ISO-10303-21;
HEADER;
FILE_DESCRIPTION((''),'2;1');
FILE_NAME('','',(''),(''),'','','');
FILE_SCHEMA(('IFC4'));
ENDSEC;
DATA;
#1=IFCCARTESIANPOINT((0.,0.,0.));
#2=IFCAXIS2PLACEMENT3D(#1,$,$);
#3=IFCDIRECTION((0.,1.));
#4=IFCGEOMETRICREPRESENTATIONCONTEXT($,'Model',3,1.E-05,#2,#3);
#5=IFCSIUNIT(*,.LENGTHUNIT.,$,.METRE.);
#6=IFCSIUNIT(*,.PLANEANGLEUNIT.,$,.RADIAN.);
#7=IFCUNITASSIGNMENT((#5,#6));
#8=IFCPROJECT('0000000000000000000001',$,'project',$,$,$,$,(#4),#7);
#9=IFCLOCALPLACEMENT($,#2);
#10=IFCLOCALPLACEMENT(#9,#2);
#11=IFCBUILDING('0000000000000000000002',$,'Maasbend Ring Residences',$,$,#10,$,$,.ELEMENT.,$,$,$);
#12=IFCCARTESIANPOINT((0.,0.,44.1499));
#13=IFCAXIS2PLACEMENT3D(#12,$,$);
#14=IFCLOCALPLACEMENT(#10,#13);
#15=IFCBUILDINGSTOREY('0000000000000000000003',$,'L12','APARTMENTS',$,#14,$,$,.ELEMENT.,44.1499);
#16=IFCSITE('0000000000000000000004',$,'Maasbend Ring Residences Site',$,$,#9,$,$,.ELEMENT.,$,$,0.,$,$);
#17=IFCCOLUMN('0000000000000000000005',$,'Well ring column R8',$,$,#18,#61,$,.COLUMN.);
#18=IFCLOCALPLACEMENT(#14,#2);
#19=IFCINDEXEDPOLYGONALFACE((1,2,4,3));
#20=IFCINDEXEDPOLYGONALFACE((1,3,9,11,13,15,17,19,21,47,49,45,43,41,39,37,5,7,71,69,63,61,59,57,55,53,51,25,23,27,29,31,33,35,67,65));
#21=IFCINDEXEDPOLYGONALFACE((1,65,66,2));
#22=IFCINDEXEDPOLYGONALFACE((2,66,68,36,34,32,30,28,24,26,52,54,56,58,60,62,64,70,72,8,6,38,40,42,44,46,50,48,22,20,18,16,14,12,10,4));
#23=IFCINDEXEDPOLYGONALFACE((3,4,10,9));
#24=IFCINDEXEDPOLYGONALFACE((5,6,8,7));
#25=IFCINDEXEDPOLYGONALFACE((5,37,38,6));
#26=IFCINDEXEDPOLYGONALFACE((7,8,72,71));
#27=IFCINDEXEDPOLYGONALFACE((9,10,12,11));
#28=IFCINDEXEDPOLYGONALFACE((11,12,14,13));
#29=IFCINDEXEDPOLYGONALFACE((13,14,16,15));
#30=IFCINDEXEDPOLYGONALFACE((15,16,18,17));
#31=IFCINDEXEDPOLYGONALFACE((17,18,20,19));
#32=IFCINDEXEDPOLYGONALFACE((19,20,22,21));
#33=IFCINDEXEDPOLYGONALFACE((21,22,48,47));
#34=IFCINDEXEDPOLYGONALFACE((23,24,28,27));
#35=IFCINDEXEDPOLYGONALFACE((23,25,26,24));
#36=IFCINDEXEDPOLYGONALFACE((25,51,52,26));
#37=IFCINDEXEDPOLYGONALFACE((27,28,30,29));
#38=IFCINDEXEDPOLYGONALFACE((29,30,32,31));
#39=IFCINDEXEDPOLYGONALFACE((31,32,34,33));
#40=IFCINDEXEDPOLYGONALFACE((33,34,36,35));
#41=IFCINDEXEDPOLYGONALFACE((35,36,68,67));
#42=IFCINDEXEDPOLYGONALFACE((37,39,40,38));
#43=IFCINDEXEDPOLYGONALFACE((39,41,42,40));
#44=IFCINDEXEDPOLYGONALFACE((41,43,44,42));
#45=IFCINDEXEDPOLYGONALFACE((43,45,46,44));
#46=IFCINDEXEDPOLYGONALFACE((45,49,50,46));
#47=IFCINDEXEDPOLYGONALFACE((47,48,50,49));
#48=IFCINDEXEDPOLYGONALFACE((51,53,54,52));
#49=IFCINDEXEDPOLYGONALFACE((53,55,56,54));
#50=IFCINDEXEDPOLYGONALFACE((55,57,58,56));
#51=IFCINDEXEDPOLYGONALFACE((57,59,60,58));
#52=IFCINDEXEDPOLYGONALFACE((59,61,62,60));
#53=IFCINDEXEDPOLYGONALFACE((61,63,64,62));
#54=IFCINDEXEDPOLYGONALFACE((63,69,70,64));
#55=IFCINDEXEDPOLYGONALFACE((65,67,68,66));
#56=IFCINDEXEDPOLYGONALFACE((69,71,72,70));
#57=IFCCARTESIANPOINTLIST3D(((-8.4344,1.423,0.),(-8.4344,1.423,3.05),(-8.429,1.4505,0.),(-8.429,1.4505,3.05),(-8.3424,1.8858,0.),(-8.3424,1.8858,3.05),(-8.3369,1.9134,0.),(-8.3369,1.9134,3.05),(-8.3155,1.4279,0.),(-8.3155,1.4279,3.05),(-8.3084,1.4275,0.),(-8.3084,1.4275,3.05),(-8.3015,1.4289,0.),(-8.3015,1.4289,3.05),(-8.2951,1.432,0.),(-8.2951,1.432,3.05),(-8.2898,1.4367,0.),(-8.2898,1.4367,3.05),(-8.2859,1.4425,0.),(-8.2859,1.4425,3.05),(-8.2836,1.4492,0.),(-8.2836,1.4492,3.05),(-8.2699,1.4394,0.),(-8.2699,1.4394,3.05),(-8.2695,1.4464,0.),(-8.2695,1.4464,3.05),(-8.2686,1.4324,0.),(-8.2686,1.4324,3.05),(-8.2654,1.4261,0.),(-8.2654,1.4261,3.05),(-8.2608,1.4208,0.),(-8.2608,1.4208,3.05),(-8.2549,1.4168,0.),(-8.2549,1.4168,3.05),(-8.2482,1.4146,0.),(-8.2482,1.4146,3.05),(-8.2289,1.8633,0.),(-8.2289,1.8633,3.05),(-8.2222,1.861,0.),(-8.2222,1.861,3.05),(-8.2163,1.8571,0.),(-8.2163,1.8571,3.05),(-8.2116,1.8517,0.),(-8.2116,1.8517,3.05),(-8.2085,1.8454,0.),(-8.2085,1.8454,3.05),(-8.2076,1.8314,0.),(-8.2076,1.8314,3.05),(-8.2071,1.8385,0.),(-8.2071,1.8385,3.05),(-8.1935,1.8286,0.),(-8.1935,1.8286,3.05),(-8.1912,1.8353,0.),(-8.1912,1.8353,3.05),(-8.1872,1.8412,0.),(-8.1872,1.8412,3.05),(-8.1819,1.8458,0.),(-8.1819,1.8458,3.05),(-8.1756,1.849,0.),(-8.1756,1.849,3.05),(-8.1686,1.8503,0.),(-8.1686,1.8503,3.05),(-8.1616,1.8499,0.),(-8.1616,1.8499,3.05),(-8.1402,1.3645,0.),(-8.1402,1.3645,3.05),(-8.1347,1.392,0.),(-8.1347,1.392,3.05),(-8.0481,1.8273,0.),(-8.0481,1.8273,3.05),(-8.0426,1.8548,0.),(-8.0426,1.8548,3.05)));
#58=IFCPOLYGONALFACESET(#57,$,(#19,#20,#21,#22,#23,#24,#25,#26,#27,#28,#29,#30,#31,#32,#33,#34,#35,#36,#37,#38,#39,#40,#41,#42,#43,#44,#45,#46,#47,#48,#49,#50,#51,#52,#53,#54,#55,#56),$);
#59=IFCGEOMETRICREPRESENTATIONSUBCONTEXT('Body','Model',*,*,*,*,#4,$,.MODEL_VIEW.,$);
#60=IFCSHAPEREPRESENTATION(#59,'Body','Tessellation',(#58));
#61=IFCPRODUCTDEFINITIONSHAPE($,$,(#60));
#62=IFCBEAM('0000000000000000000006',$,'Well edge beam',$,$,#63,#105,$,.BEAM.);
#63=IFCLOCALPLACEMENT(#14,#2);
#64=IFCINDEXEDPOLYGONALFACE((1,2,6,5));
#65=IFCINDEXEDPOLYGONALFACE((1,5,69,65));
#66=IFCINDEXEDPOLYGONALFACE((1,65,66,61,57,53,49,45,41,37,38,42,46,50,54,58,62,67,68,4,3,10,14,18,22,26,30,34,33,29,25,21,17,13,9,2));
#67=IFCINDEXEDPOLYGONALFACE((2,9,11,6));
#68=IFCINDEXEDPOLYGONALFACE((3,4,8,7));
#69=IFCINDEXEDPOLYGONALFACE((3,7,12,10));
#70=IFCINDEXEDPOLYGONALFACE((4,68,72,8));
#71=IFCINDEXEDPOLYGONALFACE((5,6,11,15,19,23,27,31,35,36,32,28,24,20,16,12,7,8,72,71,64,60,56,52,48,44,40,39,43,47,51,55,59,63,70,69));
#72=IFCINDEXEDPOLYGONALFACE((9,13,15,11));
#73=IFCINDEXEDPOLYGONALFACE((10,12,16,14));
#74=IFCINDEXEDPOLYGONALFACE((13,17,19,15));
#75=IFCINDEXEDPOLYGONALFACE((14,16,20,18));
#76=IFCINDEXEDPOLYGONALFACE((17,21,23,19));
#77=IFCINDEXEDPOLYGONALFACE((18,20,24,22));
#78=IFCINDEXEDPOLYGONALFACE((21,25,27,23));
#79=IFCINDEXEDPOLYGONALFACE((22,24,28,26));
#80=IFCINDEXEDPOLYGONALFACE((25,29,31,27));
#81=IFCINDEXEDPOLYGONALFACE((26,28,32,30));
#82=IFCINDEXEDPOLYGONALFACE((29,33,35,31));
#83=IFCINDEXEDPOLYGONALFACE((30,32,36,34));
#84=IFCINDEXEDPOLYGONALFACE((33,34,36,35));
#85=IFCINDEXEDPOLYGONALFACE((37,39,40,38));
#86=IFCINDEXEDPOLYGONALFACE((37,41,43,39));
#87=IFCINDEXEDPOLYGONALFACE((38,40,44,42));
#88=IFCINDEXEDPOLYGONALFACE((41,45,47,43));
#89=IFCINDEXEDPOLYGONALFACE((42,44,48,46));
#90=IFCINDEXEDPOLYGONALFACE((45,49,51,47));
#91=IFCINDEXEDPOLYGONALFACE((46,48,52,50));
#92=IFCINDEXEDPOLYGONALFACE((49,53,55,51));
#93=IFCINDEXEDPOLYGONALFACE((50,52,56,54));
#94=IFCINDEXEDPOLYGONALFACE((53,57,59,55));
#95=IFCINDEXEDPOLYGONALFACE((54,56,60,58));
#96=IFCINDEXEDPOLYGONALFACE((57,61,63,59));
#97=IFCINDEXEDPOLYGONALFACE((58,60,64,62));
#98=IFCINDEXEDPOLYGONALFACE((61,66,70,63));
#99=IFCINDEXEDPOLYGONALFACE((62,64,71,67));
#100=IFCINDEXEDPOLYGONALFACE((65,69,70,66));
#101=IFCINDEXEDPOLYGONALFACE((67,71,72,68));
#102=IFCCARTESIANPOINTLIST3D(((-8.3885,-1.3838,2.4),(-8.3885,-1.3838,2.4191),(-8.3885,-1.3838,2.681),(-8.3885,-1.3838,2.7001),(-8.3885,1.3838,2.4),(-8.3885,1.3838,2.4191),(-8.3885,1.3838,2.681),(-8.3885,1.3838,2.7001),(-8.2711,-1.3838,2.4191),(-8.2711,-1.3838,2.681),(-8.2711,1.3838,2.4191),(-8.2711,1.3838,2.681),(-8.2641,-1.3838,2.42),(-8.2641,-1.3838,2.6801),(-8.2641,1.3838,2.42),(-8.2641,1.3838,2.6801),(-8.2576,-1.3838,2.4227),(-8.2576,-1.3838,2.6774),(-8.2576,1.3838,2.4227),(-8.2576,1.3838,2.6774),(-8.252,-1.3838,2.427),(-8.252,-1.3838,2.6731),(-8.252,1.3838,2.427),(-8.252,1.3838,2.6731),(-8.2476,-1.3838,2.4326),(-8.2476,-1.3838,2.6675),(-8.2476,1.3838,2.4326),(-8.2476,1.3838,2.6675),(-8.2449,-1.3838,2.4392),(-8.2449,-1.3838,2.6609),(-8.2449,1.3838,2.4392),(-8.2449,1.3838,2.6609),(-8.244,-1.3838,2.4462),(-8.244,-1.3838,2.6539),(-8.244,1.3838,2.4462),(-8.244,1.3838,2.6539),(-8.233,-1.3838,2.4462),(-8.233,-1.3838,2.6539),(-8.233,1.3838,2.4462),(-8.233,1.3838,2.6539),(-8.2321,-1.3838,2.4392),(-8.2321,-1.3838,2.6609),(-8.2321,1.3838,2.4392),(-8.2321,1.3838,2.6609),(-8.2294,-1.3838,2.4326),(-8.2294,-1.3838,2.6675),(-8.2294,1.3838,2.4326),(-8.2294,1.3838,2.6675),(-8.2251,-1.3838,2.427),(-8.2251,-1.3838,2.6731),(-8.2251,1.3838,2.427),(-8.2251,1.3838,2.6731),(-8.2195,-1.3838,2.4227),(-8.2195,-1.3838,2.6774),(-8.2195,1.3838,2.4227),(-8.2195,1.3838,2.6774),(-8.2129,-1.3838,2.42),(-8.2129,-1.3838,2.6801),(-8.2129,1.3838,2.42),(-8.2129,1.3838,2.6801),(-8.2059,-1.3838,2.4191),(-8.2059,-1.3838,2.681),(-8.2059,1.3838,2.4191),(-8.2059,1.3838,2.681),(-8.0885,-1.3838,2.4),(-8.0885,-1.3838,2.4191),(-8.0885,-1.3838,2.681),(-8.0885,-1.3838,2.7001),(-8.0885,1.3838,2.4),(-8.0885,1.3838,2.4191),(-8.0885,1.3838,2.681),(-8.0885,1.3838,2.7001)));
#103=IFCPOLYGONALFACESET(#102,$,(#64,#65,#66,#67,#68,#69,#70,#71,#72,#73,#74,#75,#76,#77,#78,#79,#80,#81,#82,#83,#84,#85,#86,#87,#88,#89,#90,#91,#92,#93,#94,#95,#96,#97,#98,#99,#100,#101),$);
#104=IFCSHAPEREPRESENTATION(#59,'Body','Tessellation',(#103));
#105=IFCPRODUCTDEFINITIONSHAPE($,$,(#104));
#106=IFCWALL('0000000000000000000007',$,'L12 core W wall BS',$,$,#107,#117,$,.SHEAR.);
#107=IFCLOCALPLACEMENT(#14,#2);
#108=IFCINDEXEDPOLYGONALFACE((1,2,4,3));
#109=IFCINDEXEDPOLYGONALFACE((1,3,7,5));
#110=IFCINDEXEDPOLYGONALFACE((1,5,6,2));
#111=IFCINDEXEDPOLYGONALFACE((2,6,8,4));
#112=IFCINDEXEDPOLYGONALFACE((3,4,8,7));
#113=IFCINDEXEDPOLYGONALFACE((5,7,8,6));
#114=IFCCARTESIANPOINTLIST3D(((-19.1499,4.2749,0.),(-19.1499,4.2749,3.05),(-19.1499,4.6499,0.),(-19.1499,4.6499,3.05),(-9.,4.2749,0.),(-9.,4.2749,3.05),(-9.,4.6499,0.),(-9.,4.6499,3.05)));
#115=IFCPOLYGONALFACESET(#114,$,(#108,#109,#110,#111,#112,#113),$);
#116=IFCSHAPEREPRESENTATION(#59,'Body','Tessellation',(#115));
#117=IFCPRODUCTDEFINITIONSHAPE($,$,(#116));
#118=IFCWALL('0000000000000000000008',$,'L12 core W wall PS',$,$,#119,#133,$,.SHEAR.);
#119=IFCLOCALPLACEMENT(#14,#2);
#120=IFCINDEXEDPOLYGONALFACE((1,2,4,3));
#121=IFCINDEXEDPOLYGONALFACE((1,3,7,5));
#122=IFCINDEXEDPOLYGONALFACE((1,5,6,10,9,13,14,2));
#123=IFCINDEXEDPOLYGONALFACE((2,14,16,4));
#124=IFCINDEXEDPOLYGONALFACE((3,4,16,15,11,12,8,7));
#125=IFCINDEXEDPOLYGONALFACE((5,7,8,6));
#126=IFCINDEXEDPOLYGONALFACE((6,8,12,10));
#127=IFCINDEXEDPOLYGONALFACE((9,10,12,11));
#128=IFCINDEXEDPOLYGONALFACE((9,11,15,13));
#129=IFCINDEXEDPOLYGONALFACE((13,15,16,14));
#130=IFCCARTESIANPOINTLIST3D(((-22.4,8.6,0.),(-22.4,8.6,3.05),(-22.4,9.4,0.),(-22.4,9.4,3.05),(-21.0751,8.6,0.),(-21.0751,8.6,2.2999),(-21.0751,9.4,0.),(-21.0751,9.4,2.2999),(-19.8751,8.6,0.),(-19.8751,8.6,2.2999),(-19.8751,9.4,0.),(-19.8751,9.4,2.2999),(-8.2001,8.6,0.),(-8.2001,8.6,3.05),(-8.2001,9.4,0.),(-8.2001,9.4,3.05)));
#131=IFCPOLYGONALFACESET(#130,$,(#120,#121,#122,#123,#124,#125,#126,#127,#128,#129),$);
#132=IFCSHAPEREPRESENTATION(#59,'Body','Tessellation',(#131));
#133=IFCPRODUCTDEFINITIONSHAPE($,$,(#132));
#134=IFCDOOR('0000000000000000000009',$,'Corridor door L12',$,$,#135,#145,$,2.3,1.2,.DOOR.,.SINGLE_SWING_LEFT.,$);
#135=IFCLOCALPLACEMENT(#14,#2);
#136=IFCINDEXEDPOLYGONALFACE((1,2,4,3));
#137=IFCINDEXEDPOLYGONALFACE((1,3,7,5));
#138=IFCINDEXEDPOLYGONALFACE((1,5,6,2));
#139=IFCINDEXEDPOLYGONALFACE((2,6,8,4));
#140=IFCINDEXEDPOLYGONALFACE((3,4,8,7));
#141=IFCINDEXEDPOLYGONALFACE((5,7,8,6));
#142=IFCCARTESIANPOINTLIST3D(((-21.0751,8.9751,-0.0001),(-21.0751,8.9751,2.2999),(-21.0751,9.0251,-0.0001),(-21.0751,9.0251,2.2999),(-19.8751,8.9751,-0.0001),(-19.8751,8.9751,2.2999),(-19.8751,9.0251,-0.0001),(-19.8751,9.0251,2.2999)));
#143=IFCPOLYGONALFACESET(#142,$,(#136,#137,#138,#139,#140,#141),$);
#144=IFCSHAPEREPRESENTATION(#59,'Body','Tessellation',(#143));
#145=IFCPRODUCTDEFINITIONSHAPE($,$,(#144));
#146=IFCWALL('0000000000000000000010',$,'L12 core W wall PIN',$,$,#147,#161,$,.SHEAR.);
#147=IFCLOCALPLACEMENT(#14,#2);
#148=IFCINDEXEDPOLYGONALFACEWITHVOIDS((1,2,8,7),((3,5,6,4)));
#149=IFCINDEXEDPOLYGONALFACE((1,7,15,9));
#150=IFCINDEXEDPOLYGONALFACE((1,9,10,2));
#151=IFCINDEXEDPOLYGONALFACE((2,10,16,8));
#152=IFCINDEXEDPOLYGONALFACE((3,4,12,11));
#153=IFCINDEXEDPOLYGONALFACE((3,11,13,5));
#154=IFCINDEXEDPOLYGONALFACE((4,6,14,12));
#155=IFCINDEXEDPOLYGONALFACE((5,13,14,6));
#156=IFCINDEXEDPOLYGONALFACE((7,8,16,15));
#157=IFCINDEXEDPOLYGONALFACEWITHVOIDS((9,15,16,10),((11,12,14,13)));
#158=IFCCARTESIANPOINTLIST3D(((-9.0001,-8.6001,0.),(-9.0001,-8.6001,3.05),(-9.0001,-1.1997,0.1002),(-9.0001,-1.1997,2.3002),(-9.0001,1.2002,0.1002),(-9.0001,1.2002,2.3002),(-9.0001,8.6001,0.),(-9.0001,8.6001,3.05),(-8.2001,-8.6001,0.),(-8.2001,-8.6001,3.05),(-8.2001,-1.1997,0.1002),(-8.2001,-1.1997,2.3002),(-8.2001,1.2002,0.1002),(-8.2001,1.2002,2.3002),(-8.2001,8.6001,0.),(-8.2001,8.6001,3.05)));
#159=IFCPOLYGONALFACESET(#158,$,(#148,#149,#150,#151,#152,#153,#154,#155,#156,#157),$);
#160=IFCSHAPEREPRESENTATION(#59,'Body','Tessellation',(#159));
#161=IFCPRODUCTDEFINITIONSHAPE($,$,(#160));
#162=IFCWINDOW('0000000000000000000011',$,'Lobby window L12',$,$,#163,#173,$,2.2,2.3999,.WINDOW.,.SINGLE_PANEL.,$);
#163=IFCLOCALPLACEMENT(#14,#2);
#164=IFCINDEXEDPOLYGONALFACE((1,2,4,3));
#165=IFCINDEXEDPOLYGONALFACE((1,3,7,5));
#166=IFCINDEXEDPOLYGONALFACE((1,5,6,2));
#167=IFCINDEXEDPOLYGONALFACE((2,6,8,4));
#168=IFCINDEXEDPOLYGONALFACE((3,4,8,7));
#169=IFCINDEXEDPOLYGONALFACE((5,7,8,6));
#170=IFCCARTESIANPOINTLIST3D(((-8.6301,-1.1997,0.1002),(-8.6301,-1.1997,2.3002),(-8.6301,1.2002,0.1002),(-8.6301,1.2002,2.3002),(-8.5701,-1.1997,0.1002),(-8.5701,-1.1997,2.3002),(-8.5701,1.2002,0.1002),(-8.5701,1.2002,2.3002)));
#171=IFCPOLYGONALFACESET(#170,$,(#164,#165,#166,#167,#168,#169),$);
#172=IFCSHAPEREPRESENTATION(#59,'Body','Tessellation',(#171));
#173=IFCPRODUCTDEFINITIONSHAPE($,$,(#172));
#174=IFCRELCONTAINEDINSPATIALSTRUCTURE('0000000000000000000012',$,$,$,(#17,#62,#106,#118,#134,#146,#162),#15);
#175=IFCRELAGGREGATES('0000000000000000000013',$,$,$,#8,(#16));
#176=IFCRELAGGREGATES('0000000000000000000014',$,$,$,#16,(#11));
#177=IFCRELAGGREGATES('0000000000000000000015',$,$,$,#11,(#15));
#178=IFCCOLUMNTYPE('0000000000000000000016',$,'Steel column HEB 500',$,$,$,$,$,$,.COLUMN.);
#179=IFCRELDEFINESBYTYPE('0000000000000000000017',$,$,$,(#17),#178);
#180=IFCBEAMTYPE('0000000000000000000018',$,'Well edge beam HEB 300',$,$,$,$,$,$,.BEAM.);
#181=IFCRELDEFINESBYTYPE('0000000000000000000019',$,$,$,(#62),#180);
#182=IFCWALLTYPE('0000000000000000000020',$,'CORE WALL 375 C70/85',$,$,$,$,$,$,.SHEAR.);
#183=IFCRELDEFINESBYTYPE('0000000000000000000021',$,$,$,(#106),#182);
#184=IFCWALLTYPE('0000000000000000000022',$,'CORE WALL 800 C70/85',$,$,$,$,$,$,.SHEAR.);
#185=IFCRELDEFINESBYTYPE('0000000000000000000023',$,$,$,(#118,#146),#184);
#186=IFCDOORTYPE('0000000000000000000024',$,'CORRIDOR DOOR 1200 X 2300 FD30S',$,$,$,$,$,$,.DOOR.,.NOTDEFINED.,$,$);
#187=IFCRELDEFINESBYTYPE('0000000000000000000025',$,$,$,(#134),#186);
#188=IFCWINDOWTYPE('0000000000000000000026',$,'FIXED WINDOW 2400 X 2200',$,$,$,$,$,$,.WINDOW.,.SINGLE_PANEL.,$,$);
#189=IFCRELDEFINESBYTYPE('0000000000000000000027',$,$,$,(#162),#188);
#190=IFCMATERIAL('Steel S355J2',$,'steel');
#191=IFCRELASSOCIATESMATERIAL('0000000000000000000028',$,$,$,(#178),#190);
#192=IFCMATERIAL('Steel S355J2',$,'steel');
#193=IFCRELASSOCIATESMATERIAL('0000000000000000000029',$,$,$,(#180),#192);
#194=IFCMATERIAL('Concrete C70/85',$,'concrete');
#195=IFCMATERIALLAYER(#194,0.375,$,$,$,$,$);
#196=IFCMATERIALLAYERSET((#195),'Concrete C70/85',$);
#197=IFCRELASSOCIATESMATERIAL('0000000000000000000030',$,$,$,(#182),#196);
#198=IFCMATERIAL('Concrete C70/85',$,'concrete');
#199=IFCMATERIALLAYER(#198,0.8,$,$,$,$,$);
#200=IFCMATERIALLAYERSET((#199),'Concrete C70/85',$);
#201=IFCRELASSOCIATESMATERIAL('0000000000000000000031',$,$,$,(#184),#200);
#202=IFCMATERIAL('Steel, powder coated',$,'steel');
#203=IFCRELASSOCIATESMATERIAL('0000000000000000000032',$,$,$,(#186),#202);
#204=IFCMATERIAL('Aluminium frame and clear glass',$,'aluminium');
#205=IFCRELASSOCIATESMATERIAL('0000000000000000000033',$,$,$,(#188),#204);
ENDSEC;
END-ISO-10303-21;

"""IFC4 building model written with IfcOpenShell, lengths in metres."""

from ifc_helpers import new_model, si_unit, direction, frame, frame_2d, origin, origin_2d, place, context, subcontext, project, spatial, rectangle, i_section, extrude, material, layer, layer_set, material_profile, profile_set, type_object, element, fill, save


model = new_model("IFC4")

# Units and contexts
model_context = context("Model", 3, precision=1e-05, world=origin(), true_north=direction((0.0, 1.0)))
body_context = subcontext(model_context, "Body", "Model", "MODEL_VIEW")
ifc_project = project(units=[si_unit("LENGTHUNIT", "METRE"), si_unit("PLANEANGLEUNIT", "RADIAN")], contexts=[model_context])

# Site, building, storey
site_placement = place(None, origin())
site = spatial("IfcSite", under=ifc_project, at=site_placement, Name="Maasbend Ring Residences Site", CompositionType="ELEMENT", RefElevation=0.0)
building_placement = place(site_placement, origin())
building = spatial("IfcBuilding", under=site, at=building_placement, Name="Maasbend Ring Residences", CompositionType="ELEMENT")
storey_placement = place(building_placement, frame((0.0, 0.0, 44.1499)))
storey = spatial("IfcBuildingStorey", under=building, at=storey_placement, Name="L12", Description="APARTMENTS", CompositionType="ELEMENT", Elevation=44.1499)

# Column
ifc_material_1 = material(Name="Steel S355J2", Category="steel")
ifc_material_profile_1 = material_profile(ifc_material_1, i_section(OverallWidth=0.3, OverallDepth=0.5, WebThickness=0.0144, FlangeThickness=0.0281, FilletRadius=0.0271, at=origin_2d()), Name="HEB 500")
ifc_profile_set_1 = profile_set([ifc_material_profile_1], Name="Steel S355J2")
column_type = type_object("IfcColumnType", Name="Steel column HEB 500", PredefinedType="COLUMN", material=ifc_profile_set_1)
column_placement = place(storey_placement, frame((-8.2385, 1.6389, 0.0), z_axis=(0.0, 0.0, 1.0), x_axis=(-0.980785, 0.19509, 0.0)))
element("IfcColumn", 1, at=column_placement, inside=storey, type_object=column_type, Name="Well ring column R8", PredefinedType="COLUMN", context=body_context, shape_type="SweptSolid", body=[
    extrude(i_section(OverallWidth=0.3, OverallDepth=0.5, WebThickness=0.0144, FlangeThickness=0.0281, FilletRadius=0.0271, at=origin_2d()), origin(), (0.0, 0.0, 1.0), 3.05),
])

# Beam
ifc_material_2 = material(Name="Steel S355J2", Category="steel")
ifc_material_profile_2 = material_profile(ifc_material_2, i_section(OverallWidth=0.3, OverallDepth=0.3, WebThickness=0.011, FlangeThickness=0.019, FilletRadius=0.0271, at=origin_2d()), Name="HEB 300")
ifc_profile_set_2 = profile_set([ifc_material_profile_2], Name="Steel S355J2")
beam_type = type_object("IfcBeamType", Name="Well edge beam HEB 300", PredefinedType="BEAM", material=ifc_profile_set_2)
beam_placement = place(storey_placement, frame((-8.2385, 1.3838, 2.55), z_axis=(0.0, -1.0, 0.0), x_axis=(1.0, 0.0, 0.0)))
element("IfcBeam", 2, at=beam_placement, inside=storey, type_object=beam_type, Name="Well edge beam", PredefinedType="BEAM", context=body_context, shape_type="SweptSolid", body=[
    extrude(i_section(OverallWidth=0.3, OverallDepth=0.3, WebThickness=0.011, FlangeThickness=0.019, FilletRadius=0.0271, at=origin_2d()), origin(), (0.0, 0.0, 1.0), 2.7676),
])

# Wall
ifc_material_3 = material(Name="Concrete C70/85", Category="concrete")
ifc_layer_1 = layer(ifc_material_3, 0.375)
ifc_layer_set_1 = layer_set([ifc_layer_1], Name="Concrete C70/85")
wall_type_1 = type_object("IfcWallType", Name="CORE WALL 375 C70/85", PredefinedType="SHEAR", material=ifc_layer_set_1)
wall_1_placement = place(storey_placement, frame((-9.0, 4.4624, 0.0), z_axis=(0.0, 0.0, 1.0), x_axis=(-1.0, 0.0, 0.0)))
element("IfcWall", 3, at=wall_1_placement, inside=storey, type_object=wall_type_1, Name="L12 core W wall BS", PredefinedType="SHEAR", context=body_context, shape_type="SweptSolid", body=[
    extrude(rectangle(XDim=10.1499, YDim=0.375, at=frame_2d((5.075, 0.0))), origin(), (0.0, 0.0, 1.0), 3.05),
])

# Wall, opening, door
ifc_material_4 = material(Name="Concrete C70/85", Category="concrete")
ifc_layer_2 = layer(ifc_material_4, 0.8)
ifc_layer_set_2 = layer_set([ifc_layer_2], Name="Concrete C70/85")
wall_type_2 = type_object("IfcWallType", Name="CORE WALL 800 C70/85", PredefinedType="SHEAR", material=ifc_layer_set_2)
wall_2_placement = place(storey_placement, frame((-8.2, 9.0, 0.0), z_axis=(0.0, 0.0, 1.0), x_axis=(-1.0, 0.0, 0.0)))
wall_2 = element("IfcWall", 4, at=wall_2_placement, inside=storey, type_object=wall_type_2, Name="L12 core W wall PS", PredefinedType="SHEAR", context=body_context, shape_type="SweptSolid", body=[
    extrude(rectangle(XDim=14.2, YDim=0.8, at=frame_2d((7.1001, 0.0))), origin(), (0.0, 0.0, 1.0), 3.05),
])
opening_1_placement = place(wall_2_placement, frame((11.675, 0.0, 0.0)))
opening_1 = element("IfcOpeningElement", 5, at=opening_1_placement, cuts=wall_2, PredefinedType="OPENING", context=body_context, shape_type="SweptSolid", body=[
    extrude(rectangle(XDim=1.2, YDim=2.3, at=frame_2d((0.6001, 1.1499))), frame((0.0, 0.4102, 0.0), z_axis=(0.0, -1.0, 0.0), x_axis=(1.0, 0.0, 0.0)), (0.0, 0.0, 1.0), 0.8201),
])
ifc_material_5 = material(Name="Steel, powder coated", Category="steel")
door_type_1 = type_object("IfcDoorType", Name="CORRIDOR DOOR 1200 X 2300 FD30S", OperationType="NOTDEFINED", PredefinedType="DOOR", material=ifc_material_5)
door_1_placement = place(opening_1_placement, origin())
door_1 = element("IfcDoor", 6, at=door_1_placement, inside=storey, type_object=door_type_1, Name="Corridor door L12", OperationType="SINGLE_SWING_LEFT", OverallHeight=2.3, OverallWidth=1.2, PredefinedType="DOOR", context=body_context, shape_type="SweptSolid", body=[
    extrude(rectangle(XDim=1.2, YDim=2.3, at=frame_2d((0.6001, 1.1499))), frame((0.0, 0.0249, 0.0), z_axis=(0.0, -1.0, 0.0), x_axis=(1.0, 0.0, 0.0)), (0.0, 0.0, 1.0), 0.05),
])
fill(opening_1, door_1)

# Wall, opening, window
wall_3_placement = place(storey_placement, frame((-8.6001, 8.6001, 0.0), z_axis=(0.0, 0.0, 1.0), x_axis=(0.0, -1.0, 0.0)))
wall_3 = element("IfcWall", 7, at=wall_3_placement, inside=storey, type_object=wall_type_2, Name="L12 core W wall PIN", PredefinedType="SHEAR", context=body_context, shape_type="SweptSolid", body=[
    extrude(rectangle(XDim=17.2002, YDim=0.8, at=frame_2d((8.6001, 0.0))), origin(), (0.0, 0.0, 1.0), 3.05),
])
opening_2_placement = place(wall_3_placement, frame((7.3999, 0.0, 0.1001)))
opening_2 = element("IfcOpeningElement", 8, at=opening_2_placement, cuts=wall_3, PredefinedType="OPENING", context=body_context, shape_type="SweptSolid", body=[
    extrude(rectangle(XDim=2.3999, YDim=2.2, at=frame_2d((1.2, 1.1001))), frame((0.0, 0.4102, 0.0), z_axis=(0.0, -1.0, 0.0), x_axis=(1.0, 0.0, 0.0)), (0.0, 0.0, 1.0), 0.8201),
])
ifc_material_6 = material(Name="Aluminium frame and clear glass", Category="aluminium")
window_type = type_object("IfcWindowType", Name="FIXED WINDOW 2400 X 2200", PartitioningType="SINGLE_PANEL", PredefinedType="WINDOW", material=ifc_material_6)
window_placement = place(opening_2_placement, origin())
window = element("IfcWindow", 9, at=window_placement, inside=storey, type_object=window_type, Name="Lobby window L12", OverallHeight=2.2, OverallWidth=2.3999, PartitioningType="SINGLE_PANEL", PredefinedType="WINDOW", context=body_context, shape_type="SweptSolid", body=[
    extrude(rectangle(XDim=2.3999, YDim=2.2, at=frame_2d((1.2, 1.1001))), frame((0.0, 0.03, 0.0), z_axis=(0.0, -1.0, 0.0), x_axis=(1.0, 0.0, 0.0)), (0.0, 0.0, 1.0), 0.0601),
])
fill(opening_2, window)

save(model, "model.ifc")
